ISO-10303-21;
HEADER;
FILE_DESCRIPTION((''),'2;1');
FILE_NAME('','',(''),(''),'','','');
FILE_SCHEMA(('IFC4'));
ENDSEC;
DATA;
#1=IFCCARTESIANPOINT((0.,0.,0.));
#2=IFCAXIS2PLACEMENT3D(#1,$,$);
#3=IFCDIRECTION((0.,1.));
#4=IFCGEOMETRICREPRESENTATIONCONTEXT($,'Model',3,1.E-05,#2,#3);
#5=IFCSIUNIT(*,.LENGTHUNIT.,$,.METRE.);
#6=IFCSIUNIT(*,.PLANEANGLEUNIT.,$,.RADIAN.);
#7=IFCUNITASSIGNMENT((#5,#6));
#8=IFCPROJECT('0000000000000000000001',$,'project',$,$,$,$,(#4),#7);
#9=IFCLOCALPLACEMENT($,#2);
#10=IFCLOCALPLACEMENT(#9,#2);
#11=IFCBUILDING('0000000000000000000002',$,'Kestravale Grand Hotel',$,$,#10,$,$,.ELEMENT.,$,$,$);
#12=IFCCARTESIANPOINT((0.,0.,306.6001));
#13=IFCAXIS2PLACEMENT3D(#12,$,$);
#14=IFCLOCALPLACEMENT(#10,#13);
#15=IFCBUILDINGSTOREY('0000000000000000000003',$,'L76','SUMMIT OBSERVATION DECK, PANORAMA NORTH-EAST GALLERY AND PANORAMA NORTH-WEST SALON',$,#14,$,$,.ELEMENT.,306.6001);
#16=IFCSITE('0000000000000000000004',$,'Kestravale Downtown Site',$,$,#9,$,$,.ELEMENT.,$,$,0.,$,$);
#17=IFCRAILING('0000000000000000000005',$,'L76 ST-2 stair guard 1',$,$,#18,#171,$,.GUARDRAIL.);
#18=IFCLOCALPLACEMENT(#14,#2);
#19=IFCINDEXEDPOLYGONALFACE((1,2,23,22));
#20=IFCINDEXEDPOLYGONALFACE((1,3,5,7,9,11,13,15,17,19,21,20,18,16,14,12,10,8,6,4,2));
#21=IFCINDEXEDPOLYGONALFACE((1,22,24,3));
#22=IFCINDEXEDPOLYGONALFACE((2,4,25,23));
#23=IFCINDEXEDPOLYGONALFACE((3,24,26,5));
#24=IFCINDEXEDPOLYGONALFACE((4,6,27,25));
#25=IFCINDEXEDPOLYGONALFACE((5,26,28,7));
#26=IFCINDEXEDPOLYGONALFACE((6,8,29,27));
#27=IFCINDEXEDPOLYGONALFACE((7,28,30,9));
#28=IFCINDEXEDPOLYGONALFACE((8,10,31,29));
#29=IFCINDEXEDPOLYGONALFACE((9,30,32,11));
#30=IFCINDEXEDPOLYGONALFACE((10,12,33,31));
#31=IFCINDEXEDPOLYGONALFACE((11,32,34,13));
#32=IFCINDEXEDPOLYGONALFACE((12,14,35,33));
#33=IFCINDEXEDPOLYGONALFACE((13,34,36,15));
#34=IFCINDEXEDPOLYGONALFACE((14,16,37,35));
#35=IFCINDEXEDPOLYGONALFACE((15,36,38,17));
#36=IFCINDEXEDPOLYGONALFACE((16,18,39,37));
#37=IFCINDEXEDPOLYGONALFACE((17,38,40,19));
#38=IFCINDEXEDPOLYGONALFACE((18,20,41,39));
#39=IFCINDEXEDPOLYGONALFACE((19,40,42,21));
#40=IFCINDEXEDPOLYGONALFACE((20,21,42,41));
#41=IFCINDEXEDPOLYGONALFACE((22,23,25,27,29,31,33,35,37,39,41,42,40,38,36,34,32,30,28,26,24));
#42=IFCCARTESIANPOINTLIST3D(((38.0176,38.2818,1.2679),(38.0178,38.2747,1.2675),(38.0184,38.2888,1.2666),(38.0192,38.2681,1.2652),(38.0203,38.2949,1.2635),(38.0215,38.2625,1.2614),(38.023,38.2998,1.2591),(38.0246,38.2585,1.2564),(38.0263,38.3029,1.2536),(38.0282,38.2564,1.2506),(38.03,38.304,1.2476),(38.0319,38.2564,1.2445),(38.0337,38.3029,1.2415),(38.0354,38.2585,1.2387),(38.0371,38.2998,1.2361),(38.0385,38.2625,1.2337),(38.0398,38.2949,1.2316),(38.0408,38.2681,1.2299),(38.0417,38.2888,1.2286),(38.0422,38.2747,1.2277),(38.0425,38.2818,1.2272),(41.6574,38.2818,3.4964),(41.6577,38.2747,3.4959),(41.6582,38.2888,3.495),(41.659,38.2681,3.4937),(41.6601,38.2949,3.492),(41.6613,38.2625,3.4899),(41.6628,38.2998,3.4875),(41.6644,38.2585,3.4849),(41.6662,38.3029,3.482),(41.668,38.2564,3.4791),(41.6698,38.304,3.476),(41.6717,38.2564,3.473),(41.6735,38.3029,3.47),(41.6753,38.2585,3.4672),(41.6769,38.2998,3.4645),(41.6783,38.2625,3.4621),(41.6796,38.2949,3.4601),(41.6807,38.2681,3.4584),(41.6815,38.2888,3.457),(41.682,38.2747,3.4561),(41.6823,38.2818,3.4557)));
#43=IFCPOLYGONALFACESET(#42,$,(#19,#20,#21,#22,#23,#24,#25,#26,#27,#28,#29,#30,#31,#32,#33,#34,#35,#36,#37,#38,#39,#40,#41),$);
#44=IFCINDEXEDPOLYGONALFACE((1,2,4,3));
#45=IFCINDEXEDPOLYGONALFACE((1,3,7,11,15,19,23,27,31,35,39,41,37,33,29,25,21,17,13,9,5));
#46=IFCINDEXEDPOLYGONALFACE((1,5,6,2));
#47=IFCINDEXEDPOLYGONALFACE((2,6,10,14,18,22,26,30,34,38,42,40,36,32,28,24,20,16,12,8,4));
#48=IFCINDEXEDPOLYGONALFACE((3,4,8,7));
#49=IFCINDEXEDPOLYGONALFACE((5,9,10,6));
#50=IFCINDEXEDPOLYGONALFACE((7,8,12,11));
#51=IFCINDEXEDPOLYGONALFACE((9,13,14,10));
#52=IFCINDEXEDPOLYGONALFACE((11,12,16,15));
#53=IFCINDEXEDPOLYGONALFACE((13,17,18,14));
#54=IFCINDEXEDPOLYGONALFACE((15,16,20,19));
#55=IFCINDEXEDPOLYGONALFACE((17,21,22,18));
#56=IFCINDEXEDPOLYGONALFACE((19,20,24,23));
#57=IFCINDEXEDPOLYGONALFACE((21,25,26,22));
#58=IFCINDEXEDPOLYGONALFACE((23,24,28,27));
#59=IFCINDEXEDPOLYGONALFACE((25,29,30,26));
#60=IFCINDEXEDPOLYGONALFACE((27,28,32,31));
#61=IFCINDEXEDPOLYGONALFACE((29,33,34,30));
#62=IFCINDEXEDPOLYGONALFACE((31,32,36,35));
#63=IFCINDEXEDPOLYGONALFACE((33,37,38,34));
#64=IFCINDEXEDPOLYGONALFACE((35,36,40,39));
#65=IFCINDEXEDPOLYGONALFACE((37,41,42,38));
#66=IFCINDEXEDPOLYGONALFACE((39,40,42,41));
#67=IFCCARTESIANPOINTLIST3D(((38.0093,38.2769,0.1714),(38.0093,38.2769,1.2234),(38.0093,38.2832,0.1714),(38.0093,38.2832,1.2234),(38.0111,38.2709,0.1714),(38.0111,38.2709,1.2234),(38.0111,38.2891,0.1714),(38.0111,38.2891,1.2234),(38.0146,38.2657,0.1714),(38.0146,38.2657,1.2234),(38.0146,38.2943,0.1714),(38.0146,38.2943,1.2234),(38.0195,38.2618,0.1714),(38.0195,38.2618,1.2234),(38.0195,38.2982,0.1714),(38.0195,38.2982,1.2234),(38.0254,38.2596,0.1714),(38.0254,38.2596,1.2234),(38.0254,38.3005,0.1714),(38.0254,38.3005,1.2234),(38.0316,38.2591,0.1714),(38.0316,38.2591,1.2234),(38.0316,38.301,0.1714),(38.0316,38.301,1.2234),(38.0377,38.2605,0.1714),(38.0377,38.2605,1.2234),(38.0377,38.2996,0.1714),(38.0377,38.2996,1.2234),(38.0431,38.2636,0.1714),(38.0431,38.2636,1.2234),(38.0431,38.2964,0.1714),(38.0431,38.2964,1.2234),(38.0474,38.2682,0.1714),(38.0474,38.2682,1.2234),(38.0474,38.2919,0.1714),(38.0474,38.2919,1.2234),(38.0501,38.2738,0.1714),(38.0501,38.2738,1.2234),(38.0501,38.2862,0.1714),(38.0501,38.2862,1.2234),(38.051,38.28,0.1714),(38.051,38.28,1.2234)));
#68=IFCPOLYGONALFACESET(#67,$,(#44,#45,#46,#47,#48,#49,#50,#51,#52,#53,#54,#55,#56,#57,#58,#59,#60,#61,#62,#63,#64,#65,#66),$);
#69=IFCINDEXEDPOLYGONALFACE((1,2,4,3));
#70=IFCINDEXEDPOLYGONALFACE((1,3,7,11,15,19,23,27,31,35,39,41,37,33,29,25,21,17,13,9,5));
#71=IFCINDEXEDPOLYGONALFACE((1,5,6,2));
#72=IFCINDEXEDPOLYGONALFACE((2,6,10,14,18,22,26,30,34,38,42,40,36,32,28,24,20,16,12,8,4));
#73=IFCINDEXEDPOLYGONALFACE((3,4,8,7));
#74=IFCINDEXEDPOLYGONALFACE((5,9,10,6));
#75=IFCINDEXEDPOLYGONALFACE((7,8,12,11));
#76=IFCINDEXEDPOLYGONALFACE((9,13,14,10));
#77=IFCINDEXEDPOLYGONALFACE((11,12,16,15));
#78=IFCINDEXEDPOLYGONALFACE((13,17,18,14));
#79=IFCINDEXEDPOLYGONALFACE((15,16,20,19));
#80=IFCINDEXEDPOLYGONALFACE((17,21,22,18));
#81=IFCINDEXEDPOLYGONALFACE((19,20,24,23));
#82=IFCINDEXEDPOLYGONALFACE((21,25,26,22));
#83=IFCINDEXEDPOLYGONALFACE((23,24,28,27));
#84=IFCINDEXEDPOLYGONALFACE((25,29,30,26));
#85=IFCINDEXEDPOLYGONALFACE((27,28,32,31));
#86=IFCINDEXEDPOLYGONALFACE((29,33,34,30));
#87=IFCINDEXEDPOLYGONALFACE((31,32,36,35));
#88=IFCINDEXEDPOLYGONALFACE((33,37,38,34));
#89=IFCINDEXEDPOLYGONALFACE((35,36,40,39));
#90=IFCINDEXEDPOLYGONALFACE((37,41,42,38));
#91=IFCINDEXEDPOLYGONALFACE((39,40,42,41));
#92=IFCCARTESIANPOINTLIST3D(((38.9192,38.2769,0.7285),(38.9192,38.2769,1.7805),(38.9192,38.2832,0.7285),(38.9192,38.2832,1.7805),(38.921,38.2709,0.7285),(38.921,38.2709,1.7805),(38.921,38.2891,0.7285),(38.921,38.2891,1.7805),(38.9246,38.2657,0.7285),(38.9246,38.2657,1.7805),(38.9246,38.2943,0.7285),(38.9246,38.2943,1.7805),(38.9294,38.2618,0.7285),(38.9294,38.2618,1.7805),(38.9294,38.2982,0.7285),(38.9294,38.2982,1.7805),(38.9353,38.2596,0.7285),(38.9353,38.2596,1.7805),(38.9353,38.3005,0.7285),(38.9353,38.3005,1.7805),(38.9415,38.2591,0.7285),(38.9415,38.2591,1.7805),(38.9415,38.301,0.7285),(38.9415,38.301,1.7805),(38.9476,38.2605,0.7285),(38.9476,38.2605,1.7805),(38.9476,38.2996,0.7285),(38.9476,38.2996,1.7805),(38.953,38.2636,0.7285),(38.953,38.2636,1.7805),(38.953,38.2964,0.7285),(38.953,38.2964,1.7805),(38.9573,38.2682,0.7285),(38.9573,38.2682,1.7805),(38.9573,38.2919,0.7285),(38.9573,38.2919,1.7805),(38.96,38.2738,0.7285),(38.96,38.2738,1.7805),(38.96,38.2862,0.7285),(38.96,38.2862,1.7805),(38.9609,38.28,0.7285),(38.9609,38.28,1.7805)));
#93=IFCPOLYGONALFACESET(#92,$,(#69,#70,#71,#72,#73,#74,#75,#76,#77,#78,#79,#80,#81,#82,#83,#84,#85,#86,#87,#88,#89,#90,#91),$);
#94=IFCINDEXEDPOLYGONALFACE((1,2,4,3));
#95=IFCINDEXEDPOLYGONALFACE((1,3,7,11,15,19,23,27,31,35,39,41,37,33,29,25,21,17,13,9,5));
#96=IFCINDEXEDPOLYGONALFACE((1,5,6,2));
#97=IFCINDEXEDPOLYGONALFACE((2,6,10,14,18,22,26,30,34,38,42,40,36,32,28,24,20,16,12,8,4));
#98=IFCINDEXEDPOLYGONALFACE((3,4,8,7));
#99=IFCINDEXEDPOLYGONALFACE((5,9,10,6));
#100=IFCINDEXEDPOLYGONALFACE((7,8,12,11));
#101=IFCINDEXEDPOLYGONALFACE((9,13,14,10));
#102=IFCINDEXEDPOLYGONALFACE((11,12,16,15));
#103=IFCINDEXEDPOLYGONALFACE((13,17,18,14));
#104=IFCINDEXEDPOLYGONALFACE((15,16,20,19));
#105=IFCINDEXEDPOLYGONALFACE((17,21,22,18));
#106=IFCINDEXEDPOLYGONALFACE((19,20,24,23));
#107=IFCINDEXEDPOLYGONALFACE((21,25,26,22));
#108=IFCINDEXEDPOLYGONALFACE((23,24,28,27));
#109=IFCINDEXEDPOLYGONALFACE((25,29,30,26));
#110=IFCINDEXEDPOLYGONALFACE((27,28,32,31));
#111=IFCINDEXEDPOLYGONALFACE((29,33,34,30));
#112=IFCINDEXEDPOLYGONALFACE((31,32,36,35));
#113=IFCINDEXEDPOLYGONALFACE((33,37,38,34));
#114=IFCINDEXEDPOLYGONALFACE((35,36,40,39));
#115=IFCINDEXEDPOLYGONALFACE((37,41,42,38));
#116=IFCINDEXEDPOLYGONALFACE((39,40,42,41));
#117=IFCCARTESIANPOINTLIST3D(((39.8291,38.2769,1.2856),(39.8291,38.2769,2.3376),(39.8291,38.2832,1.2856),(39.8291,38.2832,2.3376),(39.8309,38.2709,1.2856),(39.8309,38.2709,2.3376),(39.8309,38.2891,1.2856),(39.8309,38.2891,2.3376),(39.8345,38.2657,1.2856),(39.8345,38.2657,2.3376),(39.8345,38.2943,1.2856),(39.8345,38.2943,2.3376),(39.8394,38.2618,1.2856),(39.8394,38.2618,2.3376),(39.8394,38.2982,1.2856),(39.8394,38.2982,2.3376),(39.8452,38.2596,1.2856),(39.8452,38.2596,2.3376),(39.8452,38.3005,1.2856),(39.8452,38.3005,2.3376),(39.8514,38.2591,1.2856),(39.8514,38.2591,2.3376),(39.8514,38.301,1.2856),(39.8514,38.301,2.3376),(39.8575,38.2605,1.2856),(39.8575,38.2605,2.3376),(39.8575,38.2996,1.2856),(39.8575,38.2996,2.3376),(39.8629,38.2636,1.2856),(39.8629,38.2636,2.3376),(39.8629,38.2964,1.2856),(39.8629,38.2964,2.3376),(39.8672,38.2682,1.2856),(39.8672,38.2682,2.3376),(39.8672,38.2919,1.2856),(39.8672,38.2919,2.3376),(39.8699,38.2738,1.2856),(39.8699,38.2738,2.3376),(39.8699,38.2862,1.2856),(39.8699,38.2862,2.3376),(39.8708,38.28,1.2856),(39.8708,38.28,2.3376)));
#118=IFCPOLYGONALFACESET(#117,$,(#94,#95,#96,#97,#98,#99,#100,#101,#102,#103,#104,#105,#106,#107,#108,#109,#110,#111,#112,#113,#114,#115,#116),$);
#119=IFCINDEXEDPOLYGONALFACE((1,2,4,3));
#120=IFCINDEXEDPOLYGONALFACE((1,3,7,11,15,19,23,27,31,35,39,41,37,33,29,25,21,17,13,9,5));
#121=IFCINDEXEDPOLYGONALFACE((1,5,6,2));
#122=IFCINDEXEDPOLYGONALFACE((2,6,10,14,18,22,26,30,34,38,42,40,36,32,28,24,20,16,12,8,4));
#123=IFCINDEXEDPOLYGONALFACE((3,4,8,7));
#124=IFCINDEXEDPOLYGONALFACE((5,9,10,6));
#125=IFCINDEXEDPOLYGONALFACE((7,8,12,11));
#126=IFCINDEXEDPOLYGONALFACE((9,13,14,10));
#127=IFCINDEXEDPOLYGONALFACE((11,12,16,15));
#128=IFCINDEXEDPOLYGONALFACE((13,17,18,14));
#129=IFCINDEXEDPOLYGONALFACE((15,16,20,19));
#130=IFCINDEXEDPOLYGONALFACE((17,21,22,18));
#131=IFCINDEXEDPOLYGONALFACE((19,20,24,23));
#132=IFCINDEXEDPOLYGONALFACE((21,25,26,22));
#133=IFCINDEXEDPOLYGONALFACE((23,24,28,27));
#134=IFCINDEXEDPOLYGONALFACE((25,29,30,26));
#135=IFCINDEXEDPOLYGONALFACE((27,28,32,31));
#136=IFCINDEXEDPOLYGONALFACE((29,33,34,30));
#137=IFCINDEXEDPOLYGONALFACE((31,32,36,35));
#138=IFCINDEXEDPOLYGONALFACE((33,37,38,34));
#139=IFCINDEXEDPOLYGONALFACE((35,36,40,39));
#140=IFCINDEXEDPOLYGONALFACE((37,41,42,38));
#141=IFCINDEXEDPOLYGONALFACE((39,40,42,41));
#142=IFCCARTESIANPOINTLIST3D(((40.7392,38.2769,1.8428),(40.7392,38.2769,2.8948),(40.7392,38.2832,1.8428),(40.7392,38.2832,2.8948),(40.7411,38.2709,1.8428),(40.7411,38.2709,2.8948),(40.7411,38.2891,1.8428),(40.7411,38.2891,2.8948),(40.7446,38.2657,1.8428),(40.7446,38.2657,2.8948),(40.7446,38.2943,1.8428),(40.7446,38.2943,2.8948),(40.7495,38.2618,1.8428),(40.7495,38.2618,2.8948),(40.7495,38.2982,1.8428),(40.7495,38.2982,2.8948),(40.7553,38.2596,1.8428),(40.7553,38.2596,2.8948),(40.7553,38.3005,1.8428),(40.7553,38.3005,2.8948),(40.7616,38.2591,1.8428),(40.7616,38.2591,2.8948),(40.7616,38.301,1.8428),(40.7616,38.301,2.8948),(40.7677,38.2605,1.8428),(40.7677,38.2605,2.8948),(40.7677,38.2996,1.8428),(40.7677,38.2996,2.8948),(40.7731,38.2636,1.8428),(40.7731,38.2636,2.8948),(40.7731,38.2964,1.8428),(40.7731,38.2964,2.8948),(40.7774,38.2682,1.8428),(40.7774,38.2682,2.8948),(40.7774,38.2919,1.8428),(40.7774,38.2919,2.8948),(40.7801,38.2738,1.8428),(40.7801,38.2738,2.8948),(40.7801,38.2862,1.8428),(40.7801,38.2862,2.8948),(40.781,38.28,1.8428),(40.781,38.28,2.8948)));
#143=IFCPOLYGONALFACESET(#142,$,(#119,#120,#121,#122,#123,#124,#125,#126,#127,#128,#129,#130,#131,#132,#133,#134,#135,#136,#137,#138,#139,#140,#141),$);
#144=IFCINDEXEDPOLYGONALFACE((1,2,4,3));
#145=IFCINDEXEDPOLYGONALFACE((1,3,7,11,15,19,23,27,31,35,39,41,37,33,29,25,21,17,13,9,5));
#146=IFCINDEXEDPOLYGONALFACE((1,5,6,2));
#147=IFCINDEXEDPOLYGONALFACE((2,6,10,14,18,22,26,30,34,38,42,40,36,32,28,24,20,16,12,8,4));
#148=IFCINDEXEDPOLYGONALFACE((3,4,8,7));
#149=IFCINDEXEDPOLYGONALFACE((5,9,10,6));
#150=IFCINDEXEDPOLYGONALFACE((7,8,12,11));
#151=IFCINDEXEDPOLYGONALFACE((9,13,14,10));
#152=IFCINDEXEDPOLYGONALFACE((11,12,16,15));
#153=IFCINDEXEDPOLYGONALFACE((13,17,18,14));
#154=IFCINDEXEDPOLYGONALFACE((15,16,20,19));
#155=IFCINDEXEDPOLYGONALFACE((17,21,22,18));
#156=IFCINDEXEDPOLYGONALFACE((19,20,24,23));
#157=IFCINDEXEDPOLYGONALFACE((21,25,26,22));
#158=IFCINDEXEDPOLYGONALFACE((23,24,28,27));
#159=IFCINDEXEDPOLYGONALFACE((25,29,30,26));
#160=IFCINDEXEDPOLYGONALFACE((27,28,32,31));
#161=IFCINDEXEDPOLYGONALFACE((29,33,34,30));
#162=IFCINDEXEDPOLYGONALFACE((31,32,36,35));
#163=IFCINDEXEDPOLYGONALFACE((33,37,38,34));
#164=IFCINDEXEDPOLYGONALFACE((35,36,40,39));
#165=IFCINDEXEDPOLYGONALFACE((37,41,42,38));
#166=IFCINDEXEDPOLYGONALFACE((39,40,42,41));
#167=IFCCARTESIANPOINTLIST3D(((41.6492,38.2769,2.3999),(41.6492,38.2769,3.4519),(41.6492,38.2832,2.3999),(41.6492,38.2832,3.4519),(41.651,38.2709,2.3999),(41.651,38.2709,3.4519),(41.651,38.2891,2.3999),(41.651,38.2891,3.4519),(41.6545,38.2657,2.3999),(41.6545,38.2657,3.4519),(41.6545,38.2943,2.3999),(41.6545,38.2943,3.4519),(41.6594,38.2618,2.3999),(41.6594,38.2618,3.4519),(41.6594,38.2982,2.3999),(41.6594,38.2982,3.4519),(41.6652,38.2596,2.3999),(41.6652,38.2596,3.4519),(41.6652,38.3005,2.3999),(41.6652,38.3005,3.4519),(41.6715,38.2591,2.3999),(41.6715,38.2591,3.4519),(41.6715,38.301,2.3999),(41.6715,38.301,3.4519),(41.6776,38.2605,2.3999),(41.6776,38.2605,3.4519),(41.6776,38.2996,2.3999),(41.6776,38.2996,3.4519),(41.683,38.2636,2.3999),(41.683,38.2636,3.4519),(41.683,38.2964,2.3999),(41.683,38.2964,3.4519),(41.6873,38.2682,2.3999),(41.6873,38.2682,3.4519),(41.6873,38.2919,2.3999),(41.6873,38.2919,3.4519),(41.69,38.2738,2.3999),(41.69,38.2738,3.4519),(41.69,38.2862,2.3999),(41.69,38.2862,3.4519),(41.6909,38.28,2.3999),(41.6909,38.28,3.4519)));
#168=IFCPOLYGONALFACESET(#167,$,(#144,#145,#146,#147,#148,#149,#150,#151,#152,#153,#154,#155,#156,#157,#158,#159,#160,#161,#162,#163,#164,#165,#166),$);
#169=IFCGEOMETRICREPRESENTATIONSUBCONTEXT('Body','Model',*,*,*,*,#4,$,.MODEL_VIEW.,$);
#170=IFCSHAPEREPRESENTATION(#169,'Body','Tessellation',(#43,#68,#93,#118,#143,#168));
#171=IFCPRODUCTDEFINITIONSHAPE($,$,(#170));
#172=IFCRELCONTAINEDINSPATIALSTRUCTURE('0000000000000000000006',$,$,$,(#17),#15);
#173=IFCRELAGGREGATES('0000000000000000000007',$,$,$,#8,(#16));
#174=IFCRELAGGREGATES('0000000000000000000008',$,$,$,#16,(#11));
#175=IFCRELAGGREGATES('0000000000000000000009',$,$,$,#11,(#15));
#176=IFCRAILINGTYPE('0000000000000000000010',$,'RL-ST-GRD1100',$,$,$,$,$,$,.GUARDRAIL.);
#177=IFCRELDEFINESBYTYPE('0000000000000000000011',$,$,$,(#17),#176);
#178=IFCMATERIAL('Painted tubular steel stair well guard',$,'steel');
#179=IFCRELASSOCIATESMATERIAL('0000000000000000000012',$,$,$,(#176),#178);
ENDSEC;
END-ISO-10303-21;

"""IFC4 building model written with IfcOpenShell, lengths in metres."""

from ifc_helpers import new_model, si_unit, direction, frame, origin, origin_2d, place, context, subcontext, project, spatial, circle, extrude, material, type_object, element, save


model = new_model("IFC4")

# Units and contexts
model_context = context("Model", 3, precision=1e-05, world=origin(), true_north=direction((0.0, 1.0)))
body_context = subcontext(model_context, "Body", "Model", "MODEL_VIEW")
ifc_project = project(units=[si_unit("LENGTHUNIT", "METRE"), si_unit("PLANEANGLEUNIT", "RADIAN")], contexts=[model_context])

# Site, building, storey
site_placement = place(None, origin())
site = spatial("IfcSite", under=ifc_project, at=site_placement, Name="Kestravale Downtown Site", CompositionType="ELEMENT", RefElevation=0.0)
building_placement = place(site_placement, origin())
building = spatial("IfcBuilding", under=site, at=building_placement, Name="Kestravale Grand Hotel", CompositionType="ELEMENT")
storey_placement = place(building_placement, frame((0.0, 0.0, 306.6001)))
storey = spatial("IfcBuildingStorey", under=building, at=storey_placement, Name="L76", Description="SUMMIT OBSERVATION DECK, PANORAMA NORTH-EAST GALLERY AND PANORAMA NORTH-WEST SALON", CompositionType="ELEMENT", Elevation=306.6001)

# Railing
ifc_material_1 = material(Name="Painted tubular steel stair well guard", Category="steel")
railing_type_1 = type_object("IfcRailingType", Name="RL-ST-GRD1100", PredefinedType="GUARDRAIL", material=ifc_material_1)
railing_1_placement = place(storey_placement, frame((38.03, 38.28, 0.1714)))
element("IfcRailing", 1, at=railing_1_placement, inside=storey, type_object=railing_type_1, Name="L76 ST-2 stair guard 1", PredefinedType="GUARDRAIL", context=body_context, shape_type="SweptSolid", body=[
    extrude(circle(Radius=0.0239, at=origin_2d()), frame((0.0, 0.0, 1.0762), z_axis=(0.85285, 0.0, 0.522156), x_axis=(0.0, 1.0, 0.0)), (0.0, 0.0, 1.0), 4.2678),
    extrude(circle(Radius=0.021, at=origin_2d()), origin(), (0.0, 0.0, 1.0), 1.052),
    extrude(circle(Radius=0.021, at=origin_2d()), frame((0.9099, 0.0, 0.5571)), (0.0, 0.0, 1.0), 1.052),
    extrude(circle(Radius=0.021, at=origin_2d()), frame((1.8198, 0.0, 1.1143)), (0.0, 0.0, 1.0), 1.052),
    extrude(circle(Radius=0.021, at=origin_2d()), frame((2.73, 0.0, 1.6714)), (0.0, 0.0, 1.0), 1.052),
    extrude(circle(Radius=0.021, at=origin_2d()), frame((3.6399, 0.0, 2.2285)), (0.0, 0.0, 1.0), 1.052),
])

save(model, "model.ifc")
